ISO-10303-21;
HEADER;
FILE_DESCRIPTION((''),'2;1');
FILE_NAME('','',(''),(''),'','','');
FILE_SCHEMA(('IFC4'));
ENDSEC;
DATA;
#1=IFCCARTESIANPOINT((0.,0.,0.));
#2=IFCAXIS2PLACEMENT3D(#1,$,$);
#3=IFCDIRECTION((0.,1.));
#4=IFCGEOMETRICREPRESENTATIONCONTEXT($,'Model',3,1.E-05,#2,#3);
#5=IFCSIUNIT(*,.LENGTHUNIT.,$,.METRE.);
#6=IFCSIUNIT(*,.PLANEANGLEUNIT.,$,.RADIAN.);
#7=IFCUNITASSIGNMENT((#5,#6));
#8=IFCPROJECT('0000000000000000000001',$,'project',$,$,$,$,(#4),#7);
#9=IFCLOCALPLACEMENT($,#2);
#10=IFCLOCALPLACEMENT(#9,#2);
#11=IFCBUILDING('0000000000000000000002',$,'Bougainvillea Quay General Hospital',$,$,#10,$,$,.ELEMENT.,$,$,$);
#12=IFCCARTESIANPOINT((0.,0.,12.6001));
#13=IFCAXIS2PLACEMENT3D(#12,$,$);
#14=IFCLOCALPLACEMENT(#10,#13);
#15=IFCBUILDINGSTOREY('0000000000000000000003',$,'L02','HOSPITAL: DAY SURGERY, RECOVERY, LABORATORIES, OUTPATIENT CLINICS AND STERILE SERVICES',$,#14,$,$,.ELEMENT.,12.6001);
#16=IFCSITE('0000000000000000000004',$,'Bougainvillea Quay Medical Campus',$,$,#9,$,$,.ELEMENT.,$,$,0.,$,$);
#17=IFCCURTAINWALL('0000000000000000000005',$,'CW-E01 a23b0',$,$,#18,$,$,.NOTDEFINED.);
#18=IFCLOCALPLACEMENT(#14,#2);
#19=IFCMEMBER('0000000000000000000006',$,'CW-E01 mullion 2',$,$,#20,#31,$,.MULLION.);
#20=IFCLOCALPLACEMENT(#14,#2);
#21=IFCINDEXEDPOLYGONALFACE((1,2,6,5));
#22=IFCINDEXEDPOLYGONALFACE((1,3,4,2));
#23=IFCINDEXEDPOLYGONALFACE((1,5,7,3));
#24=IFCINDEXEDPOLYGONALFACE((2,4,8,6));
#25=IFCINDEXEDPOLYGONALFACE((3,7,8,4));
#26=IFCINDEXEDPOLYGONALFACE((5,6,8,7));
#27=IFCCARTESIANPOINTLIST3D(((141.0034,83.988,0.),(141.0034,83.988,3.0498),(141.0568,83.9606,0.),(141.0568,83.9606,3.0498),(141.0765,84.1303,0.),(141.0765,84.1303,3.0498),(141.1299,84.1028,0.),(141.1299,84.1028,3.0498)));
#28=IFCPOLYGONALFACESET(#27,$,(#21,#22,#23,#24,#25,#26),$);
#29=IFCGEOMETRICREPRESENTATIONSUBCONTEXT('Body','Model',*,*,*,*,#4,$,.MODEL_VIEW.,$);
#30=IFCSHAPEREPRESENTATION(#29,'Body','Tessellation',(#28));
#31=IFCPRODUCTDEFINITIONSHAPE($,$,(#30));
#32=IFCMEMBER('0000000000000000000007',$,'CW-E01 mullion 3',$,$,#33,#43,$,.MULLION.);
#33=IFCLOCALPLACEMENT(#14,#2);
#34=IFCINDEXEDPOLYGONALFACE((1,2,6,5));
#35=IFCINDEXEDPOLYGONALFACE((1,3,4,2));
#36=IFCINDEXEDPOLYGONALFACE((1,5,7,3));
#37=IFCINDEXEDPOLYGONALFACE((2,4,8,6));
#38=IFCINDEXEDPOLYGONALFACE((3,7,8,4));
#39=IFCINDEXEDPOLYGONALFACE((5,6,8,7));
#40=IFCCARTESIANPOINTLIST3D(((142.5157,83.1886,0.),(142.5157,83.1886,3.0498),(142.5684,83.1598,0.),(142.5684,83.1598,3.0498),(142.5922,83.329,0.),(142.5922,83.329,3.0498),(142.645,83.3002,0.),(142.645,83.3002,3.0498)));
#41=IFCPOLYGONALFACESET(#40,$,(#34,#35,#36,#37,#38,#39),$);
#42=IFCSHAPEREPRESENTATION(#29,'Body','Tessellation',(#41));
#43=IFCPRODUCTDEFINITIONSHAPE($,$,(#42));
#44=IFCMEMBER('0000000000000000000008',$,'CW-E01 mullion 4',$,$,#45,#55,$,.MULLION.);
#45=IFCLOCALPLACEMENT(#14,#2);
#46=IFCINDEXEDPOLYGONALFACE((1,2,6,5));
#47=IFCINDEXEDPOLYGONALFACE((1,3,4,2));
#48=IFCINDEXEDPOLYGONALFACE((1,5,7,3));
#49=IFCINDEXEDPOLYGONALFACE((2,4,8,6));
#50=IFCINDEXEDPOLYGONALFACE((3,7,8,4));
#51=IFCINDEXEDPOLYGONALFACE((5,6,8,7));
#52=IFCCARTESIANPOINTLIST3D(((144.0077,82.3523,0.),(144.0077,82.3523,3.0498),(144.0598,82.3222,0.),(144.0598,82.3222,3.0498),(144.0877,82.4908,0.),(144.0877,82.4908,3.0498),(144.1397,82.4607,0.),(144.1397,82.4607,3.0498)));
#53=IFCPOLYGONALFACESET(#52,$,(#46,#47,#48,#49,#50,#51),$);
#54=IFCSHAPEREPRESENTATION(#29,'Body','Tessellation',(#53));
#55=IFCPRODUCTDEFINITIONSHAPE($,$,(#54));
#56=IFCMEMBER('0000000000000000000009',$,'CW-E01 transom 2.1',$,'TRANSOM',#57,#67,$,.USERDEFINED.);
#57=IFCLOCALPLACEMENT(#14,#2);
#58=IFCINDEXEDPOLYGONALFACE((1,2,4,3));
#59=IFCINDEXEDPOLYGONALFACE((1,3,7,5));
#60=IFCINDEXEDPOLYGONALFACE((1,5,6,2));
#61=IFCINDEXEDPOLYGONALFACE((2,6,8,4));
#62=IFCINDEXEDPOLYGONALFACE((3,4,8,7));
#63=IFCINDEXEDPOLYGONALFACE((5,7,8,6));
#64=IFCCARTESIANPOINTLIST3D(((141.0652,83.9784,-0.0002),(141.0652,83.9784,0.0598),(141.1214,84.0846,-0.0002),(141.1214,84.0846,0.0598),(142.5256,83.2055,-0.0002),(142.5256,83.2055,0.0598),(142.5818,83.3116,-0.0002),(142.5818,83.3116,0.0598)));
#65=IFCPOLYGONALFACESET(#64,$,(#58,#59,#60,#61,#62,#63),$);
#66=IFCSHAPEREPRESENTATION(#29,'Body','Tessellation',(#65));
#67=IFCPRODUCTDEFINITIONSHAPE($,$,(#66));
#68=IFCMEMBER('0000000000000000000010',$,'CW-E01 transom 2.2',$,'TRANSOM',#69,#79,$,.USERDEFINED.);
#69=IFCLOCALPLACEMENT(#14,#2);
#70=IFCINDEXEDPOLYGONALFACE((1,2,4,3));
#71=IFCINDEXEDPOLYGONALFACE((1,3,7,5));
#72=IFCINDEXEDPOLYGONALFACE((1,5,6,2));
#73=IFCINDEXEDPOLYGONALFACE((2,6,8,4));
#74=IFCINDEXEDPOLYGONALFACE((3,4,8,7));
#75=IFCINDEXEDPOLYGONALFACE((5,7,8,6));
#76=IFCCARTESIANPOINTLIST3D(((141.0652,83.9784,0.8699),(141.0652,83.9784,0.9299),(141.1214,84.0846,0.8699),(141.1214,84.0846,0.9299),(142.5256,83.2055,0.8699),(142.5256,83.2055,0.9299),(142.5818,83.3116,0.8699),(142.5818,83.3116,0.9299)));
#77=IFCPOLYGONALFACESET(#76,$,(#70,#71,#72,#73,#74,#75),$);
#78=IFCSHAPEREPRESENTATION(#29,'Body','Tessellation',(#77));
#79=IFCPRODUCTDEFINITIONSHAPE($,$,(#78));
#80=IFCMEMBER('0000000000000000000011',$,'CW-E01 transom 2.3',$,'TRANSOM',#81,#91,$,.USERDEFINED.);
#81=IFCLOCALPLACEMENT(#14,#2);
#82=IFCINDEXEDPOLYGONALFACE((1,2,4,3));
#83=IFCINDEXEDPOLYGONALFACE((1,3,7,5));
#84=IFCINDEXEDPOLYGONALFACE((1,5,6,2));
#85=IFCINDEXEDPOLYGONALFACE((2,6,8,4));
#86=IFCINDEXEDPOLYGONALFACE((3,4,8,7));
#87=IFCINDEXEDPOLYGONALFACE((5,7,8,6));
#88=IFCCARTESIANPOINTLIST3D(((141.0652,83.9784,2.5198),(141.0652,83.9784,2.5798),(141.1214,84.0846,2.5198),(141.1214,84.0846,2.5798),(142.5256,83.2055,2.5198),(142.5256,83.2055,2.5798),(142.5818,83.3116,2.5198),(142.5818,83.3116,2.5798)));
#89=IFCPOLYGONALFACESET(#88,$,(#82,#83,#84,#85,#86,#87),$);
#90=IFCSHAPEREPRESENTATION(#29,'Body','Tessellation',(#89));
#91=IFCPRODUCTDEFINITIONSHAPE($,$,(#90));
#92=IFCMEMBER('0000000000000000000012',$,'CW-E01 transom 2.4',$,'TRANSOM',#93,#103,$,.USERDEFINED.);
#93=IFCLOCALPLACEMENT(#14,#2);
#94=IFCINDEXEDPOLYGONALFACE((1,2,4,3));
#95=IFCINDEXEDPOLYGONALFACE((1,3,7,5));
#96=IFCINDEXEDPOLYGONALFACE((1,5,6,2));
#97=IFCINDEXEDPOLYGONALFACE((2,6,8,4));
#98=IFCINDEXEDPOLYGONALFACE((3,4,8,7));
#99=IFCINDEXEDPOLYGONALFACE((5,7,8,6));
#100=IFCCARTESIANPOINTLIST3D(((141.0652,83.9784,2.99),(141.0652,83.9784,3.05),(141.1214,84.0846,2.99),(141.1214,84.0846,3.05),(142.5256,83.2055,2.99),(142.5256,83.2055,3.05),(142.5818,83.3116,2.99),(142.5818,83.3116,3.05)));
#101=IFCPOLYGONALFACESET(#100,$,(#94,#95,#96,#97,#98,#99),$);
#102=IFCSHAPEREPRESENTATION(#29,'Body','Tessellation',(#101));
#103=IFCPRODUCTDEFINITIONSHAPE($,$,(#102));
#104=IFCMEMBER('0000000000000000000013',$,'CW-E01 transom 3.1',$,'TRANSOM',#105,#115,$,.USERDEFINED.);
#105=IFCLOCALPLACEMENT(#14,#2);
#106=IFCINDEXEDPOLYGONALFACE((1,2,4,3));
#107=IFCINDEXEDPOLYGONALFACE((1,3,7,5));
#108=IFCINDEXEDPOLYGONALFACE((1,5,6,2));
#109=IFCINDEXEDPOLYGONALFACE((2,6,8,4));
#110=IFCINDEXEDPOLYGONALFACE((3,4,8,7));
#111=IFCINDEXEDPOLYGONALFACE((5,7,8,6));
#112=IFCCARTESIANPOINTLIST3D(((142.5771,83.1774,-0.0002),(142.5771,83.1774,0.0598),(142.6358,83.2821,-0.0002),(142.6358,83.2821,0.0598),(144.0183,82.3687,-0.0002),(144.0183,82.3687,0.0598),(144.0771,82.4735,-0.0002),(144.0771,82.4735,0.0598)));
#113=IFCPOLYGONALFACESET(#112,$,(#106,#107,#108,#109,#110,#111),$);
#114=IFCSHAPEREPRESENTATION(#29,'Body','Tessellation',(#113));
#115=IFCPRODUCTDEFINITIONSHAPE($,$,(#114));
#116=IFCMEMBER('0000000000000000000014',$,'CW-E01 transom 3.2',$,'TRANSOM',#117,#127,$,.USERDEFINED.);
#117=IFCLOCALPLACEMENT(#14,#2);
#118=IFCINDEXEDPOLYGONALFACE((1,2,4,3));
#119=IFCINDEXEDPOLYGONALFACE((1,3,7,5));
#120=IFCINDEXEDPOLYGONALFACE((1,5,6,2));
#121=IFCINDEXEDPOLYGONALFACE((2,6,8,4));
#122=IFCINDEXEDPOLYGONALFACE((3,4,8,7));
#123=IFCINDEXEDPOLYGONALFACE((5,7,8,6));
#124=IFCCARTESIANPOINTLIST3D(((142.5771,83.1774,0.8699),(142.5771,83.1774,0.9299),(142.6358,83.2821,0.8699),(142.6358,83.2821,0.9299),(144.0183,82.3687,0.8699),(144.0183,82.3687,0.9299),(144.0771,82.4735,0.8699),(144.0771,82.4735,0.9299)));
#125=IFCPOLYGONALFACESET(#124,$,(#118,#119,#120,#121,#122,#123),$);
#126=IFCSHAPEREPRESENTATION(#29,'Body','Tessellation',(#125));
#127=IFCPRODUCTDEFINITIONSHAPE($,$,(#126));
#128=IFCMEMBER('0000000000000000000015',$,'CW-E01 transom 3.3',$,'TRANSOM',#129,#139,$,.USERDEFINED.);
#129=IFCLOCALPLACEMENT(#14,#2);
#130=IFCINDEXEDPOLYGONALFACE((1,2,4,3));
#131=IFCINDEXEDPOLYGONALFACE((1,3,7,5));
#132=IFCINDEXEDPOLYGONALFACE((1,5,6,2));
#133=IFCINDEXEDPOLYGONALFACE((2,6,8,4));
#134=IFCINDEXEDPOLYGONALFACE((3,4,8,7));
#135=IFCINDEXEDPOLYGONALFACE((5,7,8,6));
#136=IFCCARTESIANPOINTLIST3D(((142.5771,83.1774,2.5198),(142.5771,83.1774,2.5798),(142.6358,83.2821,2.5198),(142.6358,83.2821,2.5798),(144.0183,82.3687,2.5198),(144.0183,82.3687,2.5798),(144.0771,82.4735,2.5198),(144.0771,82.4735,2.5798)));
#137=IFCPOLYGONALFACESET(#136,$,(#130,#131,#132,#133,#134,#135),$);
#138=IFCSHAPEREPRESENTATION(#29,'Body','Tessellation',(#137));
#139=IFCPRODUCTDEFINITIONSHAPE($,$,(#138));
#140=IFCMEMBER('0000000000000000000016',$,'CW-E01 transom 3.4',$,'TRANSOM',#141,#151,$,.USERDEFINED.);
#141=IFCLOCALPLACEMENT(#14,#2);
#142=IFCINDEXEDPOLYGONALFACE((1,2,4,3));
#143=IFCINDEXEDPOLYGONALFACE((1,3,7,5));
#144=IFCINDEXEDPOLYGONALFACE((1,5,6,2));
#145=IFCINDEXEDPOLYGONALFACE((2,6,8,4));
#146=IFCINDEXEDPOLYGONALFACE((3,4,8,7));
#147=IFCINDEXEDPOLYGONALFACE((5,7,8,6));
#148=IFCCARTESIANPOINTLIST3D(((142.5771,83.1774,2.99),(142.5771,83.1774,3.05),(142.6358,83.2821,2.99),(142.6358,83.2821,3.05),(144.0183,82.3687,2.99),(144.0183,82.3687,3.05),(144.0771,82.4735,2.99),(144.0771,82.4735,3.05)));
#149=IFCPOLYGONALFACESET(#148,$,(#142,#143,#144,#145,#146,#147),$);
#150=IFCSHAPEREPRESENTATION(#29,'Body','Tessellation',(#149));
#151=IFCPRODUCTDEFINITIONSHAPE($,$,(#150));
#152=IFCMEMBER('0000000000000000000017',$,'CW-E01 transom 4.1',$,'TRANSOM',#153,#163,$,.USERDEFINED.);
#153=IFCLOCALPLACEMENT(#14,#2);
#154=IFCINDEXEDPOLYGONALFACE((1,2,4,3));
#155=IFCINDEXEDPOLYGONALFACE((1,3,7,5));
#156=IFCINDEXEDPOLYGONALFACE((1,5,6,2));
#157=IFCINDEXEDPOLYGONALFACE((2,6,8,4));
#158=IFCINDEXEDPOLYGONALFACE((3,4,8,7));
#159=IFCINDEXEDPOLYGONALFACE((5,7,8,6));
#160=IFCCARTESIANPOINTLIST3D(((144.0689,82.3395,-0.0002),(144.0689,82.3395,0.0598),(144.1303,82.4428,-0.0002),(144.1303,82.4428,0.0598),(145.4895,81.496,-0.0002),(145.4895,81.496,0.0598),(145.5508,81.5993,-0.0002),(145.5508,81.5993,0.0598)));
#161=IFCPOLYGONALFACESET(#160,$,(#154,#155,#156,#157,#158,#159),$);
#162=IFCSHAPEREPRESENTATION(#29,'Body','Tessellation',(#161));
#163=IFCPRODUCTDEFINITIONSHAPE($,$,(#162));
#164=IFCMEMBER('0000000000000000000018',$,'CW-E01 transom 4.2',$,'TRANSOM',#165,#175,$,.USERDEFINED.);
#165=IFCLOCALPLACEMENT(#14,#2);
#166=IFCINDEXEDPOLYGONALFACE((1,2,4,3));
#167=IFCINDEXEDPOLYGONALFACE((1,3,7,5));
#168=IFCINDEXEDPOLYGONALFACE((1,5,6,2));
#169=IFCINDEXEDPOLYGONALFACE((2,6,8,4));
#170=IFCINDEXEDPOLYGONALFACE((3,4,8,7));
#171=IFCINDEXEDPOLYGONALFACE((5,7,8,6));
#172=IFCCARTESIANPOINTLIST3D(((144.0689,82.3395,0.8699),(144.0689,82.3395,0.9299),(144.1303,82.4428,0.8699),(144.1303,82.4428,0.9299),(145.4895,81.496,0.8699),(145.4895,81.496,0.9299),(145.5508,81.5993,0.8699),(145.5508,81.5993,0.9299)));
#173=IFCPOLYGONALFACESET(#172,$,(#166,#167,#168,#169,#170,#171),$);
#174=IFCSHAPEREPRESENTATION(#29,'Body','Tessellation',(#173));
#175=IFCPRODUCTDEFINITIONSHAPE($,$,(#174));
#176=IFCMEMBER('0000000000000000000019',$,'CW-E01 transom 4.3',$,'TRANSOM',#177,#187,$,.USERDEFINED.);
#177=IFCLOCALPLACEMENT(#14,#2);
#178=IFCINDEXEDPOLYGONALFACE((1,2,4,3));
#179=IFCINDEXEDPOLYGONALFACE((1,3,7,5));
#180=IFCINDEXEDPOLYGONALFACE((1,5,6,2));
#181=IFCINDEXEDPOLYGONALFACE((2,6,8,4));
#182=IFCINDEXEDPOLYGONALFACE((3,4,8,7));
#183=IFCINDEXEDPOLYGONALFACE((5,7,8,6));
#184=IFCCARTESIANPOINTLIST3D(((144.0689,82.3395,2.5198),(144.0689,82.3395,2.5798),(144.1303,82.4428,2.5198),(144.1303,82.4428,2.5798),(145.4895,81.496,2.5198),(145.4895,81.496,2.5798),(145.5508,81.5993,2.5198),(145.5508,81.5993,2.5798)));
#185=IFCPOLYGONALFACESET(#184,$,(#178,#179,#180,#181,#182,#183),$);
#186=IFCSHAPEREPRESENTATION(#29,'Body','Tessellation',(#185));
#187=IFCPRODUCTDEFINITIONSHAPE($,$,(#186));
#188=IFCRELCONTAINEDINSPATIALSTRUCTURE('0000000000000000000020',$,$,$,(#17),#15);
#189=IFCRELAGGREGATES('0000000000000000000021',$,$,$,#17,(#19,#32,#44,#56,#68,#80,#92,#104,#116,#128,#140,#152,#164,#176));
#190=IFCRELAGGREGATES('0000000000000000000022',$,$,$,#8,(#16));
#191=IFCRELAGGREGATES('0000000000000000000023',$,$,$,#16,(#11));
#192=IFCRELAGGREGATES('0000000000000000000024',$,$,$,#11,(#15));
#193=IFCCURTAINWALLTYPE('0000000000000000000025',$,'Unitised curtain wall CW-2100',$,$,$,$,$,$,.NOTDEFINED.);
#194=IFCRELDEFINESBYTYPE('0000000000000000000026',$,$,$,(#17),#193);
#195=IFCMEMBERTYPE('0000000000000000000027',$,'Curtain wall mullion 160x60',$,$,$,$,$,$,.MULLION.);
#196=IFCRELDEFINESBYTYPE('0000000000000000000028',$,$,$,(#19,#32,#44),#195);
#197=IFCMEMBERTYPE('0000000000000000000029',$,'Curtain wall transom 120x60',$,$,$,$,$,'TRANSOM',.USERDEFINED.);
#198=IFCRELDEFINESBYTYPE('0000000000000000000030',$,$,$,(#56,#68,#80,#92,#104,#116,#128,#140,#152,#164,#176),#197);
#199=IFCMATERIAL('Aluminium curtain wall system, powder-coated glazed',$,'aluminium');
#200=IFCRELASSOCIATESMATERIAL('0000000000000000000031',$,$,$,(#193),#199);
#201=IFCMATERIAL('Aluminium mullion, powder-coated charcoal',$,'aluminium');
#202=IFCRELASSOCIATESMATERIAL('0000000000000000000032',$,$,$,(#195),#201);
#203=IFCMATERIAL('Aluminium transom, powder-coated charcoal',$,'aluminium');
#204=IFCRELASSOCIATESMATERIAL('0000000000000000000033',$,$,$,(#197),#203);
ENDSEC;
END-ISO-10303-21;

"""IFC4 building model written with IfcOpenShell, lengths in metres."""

from ifc_helpers import new_model, si_unit, direction, frame, origin, origin_2d, place, context, subcontext, project, spatial, rectangle, extrude, material, material_profile, profile_set, type_object, element, aggregate, save


model = new_model("IFC4")

# Units and contexts
model_context = context("Model", 3, precision=1e-05, world=origin(), true_north=direction((0.0, 1.0)))
body_context = subcontext(model_context, "Body", "Model", "MODEL_VIEW")
ifc_project = project(units=[si_unit("LENGTHUNIT", "METRE"), si_unit("PLANEANGLEUNIT", "RADIAN")], contexts=[model_context])

# Site, building, storey
site_placement = place(None, origin())
site = spatial("IfcSite", under=ifc_project, at=site_placement, Name="Bougainvillea Quay Medical Campus", CompositionType="ELEMENT", RefElevation=0.0)
building_placement = place(site_placement, origin())
building = spatial("IfcBuilding", under=site, at=building_placement, Name="Bougainvillea Quay General Hospital", CompositionType="ELEMENT")
storey_placement = place(building_placement, frame((0.0, 0.0, 12.6001)))
storey = spatial("IfcBuildingStorey", under=building, at=storey_placement, Name="L02", Description="HOSPITAL: DAY SURGERY, RECOVERY, LABORATORIES, OUTPATIENT CLINICS AND STERILE SERVICES", CompositionType="ELEMENT", Elevation=12.6001)

# Curtain wall, members
ifc_material_1 = material(Name="Aluminium curtain wall system, powder-coated glazed", Category="aluminium")
curtain_wall_type = type_object("IfcCurtainWallType", Name="Unitised curtain wall CW-2100", PredefinedType="NOTDEFINED", material=ifc_material_1)
curtain_wall_placement = place(storey_placement, origin())
curtain_wall = element("IfcCurtainWall", 1, at=curtain_wall_placement, inside=storey, type_object=curtain_wall_type, Name="CW-E01 a23b0", PredefinedType="NOTDEFINED")
ifc_material_2 = material(Name="Aluminium mullion, powder-coated charcoal", Category="aluminium")
ifc_material_profile_1 = material_profile(ifc_material_2, rectangle(XDim=0.1599, YDim=0.0601, at=origin_2d()))
ifc_profile_set_1 = profile_set([ifc_material_profile_1], Name="Aluminium mullion, powder-coated charcoal")
member_type_1 = type_object("IfcMemberType", Name="Curtain wall mullion 160x60", PredefinedType="MULLION", material=ifc_profile_set_1)
member_1_placement = place(storey_placement, frame((141.0667, 84.0454, 0.0), z_axis=(0.0, 0.0, 1.0), x_axis=(0.456868, 0.889535, 0.0)))
member_1 = element("IfcMember", 2, at=member_1_placement, type_object=member_type_1, Name="CW-E01 mullion 2", PredefinedType="MULLION", context=body_context, shape_type="SweptSolid", body=[
    extrude(rectangle(XDim=0.1599, YDim=0.0601, at=origin_2d()), origin(), (0.0, 0.0, 1.0), 3.0498),
])
member_2_placement = place(storey_placement, frame((142.5803, 83.2444, 0.0), z_axis=(0.0, 0.0, 1.0), x_axis=(0.478567, 0.878051, 0.0)))
member_2 = element("IfcMember", 3, at=member_2_placement, type_object=member_type_1, Name="CW-E01 mullion 3", PredefinedType="MULLION", context=body_context, shape_type="SweptSolid", body=[
    extrude(rectangle(XDim=0.1599, YDim=0.0601, at=origin_2d()), origin(), (0.0, 0.0, 1.0), 3.0498),
])
member_3_placement = place(storey_placement, frame((144.0737, 82.4065, 0.0), z_axis=(0.0, 0.0, 1.0), x_axis=(0.499979, 0.866038, 0.0)))
member_3 = element("IfcMember", 4, at=member_3_placement, type_object=member_type_1, Name="CW-E01 mullion 4", PredefinedType="MULLION", context=body_context, shape_type="SweptSolid", body=[
    extrude(rectangle(XDim=0.1599, YDim=0.0601, at=origin_2d()), origin(), (0.0, 0.0, 1.0), 3.0498),
])
ifc_material_3 = material(Name="Aluminium transom, powder-coated charcoal", Category="aluminium")
ifc_material_profile_2 = material_profile(ifc_material_3, rectangle(XDim=0.1201, YDim=0.0601, at=origin_2d()))
ifc_profile_set_2 = profile_set([ifc_material_profile_2], Name="Aluminium transom, powder-coated charcoal")
member_type_2 = type_object("IfcMemberType", Name="Curtain wall transom 120x60", ElementType="TRANSOM", PredefinedType="USERDEFINED", material=ifc_profile_set_2)
member_4_placement = place(storey_placement, frame((141.0933, 84.0315, 0.0298), z_axis=(0.883845, -0.467779, 0.0), x_axis=(0.467779, 0.883845, 0.0)))
member_4 = element("IfcMember", 5, at=member_4_placement, type_object=member_type_2, Name="CW-E01 transom 2.1", ObjectType="TRANSOM", PredefinedType="USERDEFINED", context=body_context, shape_type="SweptSolid", body=[
    extrude(rectangle(XDim=0.1201, YDim=0.0601, at=origin_2d()), origin(), (0.0, 0.0, 1.0), 1.6523),
])
member_5_placement = place(storey_placement, frame((141.0933, 84.0315, 0.8999), z_axis=(0.883845, -0.467779, 0.0), x_axis=(0.467779, 0.883845, 0.0)))
member_5 = element("IfcMember", 6, at=member_5_placement, type_object=member_type_2, Name="CW-E01 transom 2.2", ObjectType="TRANSOM", PredefinedType="USERDEFINED", context=body_context, shape_type="SweptSolid", body=[
    extrude(rectangle(XDim=0.1201, YDim=0.0601, at=origin_2d()), origin(), (0.0, 0.0, 1.0), 1.6523),
])
member_6_placement = place(storey_placement, frame((141.0933, 84.0315, 2.5498), z_axis=(0.883845, -0.467779, 0.0), x_axis=(0.467779, 0.883845, 0.0)))
member_6 = element("IfcMember", 7, at=member_6_placement, type_object=member_type_2, Name="CW-E01 transom 2.3", ObjectType="TRANSOM", PredefinedType="USERDEFINED", context=body_context, shape_type="SweptSolid", body=[
    extrude(rectangle(XDim=0.1201, YDim=0.0601, at=origin_2d()), origin(), (0.0, 0.0, 1.0), 1.6523),
])
member_7_placement = place(storey_placement, frame((141.0933, 84.0315, 3.02), z_axis=(0.883845, -0.467779, 0.0), x_axis=(0.467779, 0.883845, 0.0)))
member_7 = element("IfcMember", 8, at=member_7_placement, type_object=member_type_2, Name="CW-E01 transom 2.4", ObjectType="TRANSOM", PredefinedType="USERDEFINED", context=body_context, shape_type="SweptSolid", body=[
    extrude(rectangle(XDim=0.1201, YDim=0.0601, at=origin_2d()), origin(), (0.0, 0.0, 1.0), 1.6523),
])
member_8_placement = place(storey_placement, frame((142.6064, 83.2297, 0.0298), z_axis=(0.872108, -0.489314, 0.0), x_axis=(0.489314, 0.872108, 0.0)))
member_8 = element("IfcMember", 9, at=member_8_placement, type_object=member_type_2, Name="CW-E01 transom 3.1", ObjectType="TRANSOM", PredefinedType="USERDEFINED", context=body_context, shape_type="SweptSolid", body=[
    extrude(rectangle(XDim=0.1201, YDim=0.0601, at=origin_2d()), origin(), (0.0, 0.0, 1.0), 1.6526),
])
member_9_placement = place(storey_placement, frame((142.6064, 83.2297, 0.8999), z_axis=(0.872108, -0.489314, 0.0), x_axis=(0.489314, 0.872108, 0.0)))
member_9 = element("IfcMember", 10, at=member_9_placement, type_object=member_type_2, Name="CW-E01 transom 3.2", ObjectType="TRANSOM", PredefinedType="USERDEFINED", context=body_context, shape_type="SweptSolid", body=[
    extrude(rectangle(XDim=0.1201, YDim=0.0601, at=origin_2d()), origin(), (0.0, 0.0, 1.0), 1.6526),
])
member_10_placement = place(storey_placement, frame((142.6064, 83.2297, 2.5498), z_axis=(0.872108, -0.489314, 0.0), x_axis=(0.489314, 0.872108, 0.0)))
member_10 = element("IfcMember", 11, at=member_10_placement, type_object=member_type_2, Name="CW-E01 transom 3.3", ObjectType="TRANSOM", PredefinedType="USERDEFINED", context=body_context, shape_type="SweptSolid", body=[
    extrude(rectangle(XDim=0.1201, YDim=0.0601, at=origin_2d()), origin(), (0.0, 0.0, 1.0), 1.6526),
])
member_11_placement = place(storey_placement, frame((142.6064, 83.2297, 3.02), z_axis=(0.872108, -0.489314, 0.0), x_axis=(0.489314, 0.872108, 0.0)))
member_11 = element("IfcMember", 12, at=member_11_placement, type_object=member_type_2, Name="CW-E01 transom 3.4", ObjectType="TRANSOM", PredefinedType="USERDEFINED", context=body_context, shape_type="SweptSolid", body=[
    extrude(rectangle(XDim=0.1201, YDim=0.0601, at=origin_2d()), origin(), (0.0, 0.0, 1.0), 1.6526),
])
member_12_placement = place(storey_placement, frame((144.0996, 82.3911, 0.0298), z_axis=(0.859857, -0.510535, 0.0), x_axis=(0.510535, 0.859857, 0.0)))
member_12 = element("IfcMember", 13, at=member_12_placement, type_object=member_type_2, Name="CW-E01 transom 4.1", ObjectType="TRANSOM", PredefinedType="USERDEFINED", context=body_context, shape_type="SweptSolid", body=[
    extrude(rectangle(XDim=0.1201, YDim=0.0601, at=origin_2d()), origin(), (0.0, 0.0, 1.0), 1.6521),
])
member_13_placement = place(storey_placement, frame((144.0996, 82.3911, 0.8999), z_axis=(0.859857, -0.510535, 0.0), x_axis=(0.510535, 0.859857, 0.0)))
member_13 = element("IfcMember", 14, at=member_13_placement, type_object=member_type_2, Name="CW-E01 transom 4.2", ObjectType="TRANSOM", PredefinedType="USERDEFINED", context=body_context, shape_type="SweptSolid", body=[
    extrude(rectangle(XDim=0.1201, YDim=0.0601, at=origin_2d()), origin(), (0.0, 0.0, 1.0), 1.6521),
])
member_14_placement = place(storey_placement, frame((144.0996, 82.3911, 2.5498), z_axis=(0.859857, -0.510535, 0.0), x_axis=(0.510535, 0.859857, 0.0)))
member_14 = element("IfcMember", 15, at=member_14_placement, type_object=member_type_2, Name="CW-E01 transom 4.3", ObjectType="TRANSOM", PredefinedType="USERDEFINED", context=body_context, shape_type="SweptSolid", body=[
    extrude(rectangle(XDim=0.1201, YDim=0.0601, at=origin_2d()), origin(), (0.0, 0.0, 1.0), 1.6521),
])
aggregate(curtain_wall, [member_1, member_2, member_3, member_4, member_5, member_6, member_7, member_8, member_9, member_10, member_11, member_12, member_13, member_14])

save(model, "model.ifc")
